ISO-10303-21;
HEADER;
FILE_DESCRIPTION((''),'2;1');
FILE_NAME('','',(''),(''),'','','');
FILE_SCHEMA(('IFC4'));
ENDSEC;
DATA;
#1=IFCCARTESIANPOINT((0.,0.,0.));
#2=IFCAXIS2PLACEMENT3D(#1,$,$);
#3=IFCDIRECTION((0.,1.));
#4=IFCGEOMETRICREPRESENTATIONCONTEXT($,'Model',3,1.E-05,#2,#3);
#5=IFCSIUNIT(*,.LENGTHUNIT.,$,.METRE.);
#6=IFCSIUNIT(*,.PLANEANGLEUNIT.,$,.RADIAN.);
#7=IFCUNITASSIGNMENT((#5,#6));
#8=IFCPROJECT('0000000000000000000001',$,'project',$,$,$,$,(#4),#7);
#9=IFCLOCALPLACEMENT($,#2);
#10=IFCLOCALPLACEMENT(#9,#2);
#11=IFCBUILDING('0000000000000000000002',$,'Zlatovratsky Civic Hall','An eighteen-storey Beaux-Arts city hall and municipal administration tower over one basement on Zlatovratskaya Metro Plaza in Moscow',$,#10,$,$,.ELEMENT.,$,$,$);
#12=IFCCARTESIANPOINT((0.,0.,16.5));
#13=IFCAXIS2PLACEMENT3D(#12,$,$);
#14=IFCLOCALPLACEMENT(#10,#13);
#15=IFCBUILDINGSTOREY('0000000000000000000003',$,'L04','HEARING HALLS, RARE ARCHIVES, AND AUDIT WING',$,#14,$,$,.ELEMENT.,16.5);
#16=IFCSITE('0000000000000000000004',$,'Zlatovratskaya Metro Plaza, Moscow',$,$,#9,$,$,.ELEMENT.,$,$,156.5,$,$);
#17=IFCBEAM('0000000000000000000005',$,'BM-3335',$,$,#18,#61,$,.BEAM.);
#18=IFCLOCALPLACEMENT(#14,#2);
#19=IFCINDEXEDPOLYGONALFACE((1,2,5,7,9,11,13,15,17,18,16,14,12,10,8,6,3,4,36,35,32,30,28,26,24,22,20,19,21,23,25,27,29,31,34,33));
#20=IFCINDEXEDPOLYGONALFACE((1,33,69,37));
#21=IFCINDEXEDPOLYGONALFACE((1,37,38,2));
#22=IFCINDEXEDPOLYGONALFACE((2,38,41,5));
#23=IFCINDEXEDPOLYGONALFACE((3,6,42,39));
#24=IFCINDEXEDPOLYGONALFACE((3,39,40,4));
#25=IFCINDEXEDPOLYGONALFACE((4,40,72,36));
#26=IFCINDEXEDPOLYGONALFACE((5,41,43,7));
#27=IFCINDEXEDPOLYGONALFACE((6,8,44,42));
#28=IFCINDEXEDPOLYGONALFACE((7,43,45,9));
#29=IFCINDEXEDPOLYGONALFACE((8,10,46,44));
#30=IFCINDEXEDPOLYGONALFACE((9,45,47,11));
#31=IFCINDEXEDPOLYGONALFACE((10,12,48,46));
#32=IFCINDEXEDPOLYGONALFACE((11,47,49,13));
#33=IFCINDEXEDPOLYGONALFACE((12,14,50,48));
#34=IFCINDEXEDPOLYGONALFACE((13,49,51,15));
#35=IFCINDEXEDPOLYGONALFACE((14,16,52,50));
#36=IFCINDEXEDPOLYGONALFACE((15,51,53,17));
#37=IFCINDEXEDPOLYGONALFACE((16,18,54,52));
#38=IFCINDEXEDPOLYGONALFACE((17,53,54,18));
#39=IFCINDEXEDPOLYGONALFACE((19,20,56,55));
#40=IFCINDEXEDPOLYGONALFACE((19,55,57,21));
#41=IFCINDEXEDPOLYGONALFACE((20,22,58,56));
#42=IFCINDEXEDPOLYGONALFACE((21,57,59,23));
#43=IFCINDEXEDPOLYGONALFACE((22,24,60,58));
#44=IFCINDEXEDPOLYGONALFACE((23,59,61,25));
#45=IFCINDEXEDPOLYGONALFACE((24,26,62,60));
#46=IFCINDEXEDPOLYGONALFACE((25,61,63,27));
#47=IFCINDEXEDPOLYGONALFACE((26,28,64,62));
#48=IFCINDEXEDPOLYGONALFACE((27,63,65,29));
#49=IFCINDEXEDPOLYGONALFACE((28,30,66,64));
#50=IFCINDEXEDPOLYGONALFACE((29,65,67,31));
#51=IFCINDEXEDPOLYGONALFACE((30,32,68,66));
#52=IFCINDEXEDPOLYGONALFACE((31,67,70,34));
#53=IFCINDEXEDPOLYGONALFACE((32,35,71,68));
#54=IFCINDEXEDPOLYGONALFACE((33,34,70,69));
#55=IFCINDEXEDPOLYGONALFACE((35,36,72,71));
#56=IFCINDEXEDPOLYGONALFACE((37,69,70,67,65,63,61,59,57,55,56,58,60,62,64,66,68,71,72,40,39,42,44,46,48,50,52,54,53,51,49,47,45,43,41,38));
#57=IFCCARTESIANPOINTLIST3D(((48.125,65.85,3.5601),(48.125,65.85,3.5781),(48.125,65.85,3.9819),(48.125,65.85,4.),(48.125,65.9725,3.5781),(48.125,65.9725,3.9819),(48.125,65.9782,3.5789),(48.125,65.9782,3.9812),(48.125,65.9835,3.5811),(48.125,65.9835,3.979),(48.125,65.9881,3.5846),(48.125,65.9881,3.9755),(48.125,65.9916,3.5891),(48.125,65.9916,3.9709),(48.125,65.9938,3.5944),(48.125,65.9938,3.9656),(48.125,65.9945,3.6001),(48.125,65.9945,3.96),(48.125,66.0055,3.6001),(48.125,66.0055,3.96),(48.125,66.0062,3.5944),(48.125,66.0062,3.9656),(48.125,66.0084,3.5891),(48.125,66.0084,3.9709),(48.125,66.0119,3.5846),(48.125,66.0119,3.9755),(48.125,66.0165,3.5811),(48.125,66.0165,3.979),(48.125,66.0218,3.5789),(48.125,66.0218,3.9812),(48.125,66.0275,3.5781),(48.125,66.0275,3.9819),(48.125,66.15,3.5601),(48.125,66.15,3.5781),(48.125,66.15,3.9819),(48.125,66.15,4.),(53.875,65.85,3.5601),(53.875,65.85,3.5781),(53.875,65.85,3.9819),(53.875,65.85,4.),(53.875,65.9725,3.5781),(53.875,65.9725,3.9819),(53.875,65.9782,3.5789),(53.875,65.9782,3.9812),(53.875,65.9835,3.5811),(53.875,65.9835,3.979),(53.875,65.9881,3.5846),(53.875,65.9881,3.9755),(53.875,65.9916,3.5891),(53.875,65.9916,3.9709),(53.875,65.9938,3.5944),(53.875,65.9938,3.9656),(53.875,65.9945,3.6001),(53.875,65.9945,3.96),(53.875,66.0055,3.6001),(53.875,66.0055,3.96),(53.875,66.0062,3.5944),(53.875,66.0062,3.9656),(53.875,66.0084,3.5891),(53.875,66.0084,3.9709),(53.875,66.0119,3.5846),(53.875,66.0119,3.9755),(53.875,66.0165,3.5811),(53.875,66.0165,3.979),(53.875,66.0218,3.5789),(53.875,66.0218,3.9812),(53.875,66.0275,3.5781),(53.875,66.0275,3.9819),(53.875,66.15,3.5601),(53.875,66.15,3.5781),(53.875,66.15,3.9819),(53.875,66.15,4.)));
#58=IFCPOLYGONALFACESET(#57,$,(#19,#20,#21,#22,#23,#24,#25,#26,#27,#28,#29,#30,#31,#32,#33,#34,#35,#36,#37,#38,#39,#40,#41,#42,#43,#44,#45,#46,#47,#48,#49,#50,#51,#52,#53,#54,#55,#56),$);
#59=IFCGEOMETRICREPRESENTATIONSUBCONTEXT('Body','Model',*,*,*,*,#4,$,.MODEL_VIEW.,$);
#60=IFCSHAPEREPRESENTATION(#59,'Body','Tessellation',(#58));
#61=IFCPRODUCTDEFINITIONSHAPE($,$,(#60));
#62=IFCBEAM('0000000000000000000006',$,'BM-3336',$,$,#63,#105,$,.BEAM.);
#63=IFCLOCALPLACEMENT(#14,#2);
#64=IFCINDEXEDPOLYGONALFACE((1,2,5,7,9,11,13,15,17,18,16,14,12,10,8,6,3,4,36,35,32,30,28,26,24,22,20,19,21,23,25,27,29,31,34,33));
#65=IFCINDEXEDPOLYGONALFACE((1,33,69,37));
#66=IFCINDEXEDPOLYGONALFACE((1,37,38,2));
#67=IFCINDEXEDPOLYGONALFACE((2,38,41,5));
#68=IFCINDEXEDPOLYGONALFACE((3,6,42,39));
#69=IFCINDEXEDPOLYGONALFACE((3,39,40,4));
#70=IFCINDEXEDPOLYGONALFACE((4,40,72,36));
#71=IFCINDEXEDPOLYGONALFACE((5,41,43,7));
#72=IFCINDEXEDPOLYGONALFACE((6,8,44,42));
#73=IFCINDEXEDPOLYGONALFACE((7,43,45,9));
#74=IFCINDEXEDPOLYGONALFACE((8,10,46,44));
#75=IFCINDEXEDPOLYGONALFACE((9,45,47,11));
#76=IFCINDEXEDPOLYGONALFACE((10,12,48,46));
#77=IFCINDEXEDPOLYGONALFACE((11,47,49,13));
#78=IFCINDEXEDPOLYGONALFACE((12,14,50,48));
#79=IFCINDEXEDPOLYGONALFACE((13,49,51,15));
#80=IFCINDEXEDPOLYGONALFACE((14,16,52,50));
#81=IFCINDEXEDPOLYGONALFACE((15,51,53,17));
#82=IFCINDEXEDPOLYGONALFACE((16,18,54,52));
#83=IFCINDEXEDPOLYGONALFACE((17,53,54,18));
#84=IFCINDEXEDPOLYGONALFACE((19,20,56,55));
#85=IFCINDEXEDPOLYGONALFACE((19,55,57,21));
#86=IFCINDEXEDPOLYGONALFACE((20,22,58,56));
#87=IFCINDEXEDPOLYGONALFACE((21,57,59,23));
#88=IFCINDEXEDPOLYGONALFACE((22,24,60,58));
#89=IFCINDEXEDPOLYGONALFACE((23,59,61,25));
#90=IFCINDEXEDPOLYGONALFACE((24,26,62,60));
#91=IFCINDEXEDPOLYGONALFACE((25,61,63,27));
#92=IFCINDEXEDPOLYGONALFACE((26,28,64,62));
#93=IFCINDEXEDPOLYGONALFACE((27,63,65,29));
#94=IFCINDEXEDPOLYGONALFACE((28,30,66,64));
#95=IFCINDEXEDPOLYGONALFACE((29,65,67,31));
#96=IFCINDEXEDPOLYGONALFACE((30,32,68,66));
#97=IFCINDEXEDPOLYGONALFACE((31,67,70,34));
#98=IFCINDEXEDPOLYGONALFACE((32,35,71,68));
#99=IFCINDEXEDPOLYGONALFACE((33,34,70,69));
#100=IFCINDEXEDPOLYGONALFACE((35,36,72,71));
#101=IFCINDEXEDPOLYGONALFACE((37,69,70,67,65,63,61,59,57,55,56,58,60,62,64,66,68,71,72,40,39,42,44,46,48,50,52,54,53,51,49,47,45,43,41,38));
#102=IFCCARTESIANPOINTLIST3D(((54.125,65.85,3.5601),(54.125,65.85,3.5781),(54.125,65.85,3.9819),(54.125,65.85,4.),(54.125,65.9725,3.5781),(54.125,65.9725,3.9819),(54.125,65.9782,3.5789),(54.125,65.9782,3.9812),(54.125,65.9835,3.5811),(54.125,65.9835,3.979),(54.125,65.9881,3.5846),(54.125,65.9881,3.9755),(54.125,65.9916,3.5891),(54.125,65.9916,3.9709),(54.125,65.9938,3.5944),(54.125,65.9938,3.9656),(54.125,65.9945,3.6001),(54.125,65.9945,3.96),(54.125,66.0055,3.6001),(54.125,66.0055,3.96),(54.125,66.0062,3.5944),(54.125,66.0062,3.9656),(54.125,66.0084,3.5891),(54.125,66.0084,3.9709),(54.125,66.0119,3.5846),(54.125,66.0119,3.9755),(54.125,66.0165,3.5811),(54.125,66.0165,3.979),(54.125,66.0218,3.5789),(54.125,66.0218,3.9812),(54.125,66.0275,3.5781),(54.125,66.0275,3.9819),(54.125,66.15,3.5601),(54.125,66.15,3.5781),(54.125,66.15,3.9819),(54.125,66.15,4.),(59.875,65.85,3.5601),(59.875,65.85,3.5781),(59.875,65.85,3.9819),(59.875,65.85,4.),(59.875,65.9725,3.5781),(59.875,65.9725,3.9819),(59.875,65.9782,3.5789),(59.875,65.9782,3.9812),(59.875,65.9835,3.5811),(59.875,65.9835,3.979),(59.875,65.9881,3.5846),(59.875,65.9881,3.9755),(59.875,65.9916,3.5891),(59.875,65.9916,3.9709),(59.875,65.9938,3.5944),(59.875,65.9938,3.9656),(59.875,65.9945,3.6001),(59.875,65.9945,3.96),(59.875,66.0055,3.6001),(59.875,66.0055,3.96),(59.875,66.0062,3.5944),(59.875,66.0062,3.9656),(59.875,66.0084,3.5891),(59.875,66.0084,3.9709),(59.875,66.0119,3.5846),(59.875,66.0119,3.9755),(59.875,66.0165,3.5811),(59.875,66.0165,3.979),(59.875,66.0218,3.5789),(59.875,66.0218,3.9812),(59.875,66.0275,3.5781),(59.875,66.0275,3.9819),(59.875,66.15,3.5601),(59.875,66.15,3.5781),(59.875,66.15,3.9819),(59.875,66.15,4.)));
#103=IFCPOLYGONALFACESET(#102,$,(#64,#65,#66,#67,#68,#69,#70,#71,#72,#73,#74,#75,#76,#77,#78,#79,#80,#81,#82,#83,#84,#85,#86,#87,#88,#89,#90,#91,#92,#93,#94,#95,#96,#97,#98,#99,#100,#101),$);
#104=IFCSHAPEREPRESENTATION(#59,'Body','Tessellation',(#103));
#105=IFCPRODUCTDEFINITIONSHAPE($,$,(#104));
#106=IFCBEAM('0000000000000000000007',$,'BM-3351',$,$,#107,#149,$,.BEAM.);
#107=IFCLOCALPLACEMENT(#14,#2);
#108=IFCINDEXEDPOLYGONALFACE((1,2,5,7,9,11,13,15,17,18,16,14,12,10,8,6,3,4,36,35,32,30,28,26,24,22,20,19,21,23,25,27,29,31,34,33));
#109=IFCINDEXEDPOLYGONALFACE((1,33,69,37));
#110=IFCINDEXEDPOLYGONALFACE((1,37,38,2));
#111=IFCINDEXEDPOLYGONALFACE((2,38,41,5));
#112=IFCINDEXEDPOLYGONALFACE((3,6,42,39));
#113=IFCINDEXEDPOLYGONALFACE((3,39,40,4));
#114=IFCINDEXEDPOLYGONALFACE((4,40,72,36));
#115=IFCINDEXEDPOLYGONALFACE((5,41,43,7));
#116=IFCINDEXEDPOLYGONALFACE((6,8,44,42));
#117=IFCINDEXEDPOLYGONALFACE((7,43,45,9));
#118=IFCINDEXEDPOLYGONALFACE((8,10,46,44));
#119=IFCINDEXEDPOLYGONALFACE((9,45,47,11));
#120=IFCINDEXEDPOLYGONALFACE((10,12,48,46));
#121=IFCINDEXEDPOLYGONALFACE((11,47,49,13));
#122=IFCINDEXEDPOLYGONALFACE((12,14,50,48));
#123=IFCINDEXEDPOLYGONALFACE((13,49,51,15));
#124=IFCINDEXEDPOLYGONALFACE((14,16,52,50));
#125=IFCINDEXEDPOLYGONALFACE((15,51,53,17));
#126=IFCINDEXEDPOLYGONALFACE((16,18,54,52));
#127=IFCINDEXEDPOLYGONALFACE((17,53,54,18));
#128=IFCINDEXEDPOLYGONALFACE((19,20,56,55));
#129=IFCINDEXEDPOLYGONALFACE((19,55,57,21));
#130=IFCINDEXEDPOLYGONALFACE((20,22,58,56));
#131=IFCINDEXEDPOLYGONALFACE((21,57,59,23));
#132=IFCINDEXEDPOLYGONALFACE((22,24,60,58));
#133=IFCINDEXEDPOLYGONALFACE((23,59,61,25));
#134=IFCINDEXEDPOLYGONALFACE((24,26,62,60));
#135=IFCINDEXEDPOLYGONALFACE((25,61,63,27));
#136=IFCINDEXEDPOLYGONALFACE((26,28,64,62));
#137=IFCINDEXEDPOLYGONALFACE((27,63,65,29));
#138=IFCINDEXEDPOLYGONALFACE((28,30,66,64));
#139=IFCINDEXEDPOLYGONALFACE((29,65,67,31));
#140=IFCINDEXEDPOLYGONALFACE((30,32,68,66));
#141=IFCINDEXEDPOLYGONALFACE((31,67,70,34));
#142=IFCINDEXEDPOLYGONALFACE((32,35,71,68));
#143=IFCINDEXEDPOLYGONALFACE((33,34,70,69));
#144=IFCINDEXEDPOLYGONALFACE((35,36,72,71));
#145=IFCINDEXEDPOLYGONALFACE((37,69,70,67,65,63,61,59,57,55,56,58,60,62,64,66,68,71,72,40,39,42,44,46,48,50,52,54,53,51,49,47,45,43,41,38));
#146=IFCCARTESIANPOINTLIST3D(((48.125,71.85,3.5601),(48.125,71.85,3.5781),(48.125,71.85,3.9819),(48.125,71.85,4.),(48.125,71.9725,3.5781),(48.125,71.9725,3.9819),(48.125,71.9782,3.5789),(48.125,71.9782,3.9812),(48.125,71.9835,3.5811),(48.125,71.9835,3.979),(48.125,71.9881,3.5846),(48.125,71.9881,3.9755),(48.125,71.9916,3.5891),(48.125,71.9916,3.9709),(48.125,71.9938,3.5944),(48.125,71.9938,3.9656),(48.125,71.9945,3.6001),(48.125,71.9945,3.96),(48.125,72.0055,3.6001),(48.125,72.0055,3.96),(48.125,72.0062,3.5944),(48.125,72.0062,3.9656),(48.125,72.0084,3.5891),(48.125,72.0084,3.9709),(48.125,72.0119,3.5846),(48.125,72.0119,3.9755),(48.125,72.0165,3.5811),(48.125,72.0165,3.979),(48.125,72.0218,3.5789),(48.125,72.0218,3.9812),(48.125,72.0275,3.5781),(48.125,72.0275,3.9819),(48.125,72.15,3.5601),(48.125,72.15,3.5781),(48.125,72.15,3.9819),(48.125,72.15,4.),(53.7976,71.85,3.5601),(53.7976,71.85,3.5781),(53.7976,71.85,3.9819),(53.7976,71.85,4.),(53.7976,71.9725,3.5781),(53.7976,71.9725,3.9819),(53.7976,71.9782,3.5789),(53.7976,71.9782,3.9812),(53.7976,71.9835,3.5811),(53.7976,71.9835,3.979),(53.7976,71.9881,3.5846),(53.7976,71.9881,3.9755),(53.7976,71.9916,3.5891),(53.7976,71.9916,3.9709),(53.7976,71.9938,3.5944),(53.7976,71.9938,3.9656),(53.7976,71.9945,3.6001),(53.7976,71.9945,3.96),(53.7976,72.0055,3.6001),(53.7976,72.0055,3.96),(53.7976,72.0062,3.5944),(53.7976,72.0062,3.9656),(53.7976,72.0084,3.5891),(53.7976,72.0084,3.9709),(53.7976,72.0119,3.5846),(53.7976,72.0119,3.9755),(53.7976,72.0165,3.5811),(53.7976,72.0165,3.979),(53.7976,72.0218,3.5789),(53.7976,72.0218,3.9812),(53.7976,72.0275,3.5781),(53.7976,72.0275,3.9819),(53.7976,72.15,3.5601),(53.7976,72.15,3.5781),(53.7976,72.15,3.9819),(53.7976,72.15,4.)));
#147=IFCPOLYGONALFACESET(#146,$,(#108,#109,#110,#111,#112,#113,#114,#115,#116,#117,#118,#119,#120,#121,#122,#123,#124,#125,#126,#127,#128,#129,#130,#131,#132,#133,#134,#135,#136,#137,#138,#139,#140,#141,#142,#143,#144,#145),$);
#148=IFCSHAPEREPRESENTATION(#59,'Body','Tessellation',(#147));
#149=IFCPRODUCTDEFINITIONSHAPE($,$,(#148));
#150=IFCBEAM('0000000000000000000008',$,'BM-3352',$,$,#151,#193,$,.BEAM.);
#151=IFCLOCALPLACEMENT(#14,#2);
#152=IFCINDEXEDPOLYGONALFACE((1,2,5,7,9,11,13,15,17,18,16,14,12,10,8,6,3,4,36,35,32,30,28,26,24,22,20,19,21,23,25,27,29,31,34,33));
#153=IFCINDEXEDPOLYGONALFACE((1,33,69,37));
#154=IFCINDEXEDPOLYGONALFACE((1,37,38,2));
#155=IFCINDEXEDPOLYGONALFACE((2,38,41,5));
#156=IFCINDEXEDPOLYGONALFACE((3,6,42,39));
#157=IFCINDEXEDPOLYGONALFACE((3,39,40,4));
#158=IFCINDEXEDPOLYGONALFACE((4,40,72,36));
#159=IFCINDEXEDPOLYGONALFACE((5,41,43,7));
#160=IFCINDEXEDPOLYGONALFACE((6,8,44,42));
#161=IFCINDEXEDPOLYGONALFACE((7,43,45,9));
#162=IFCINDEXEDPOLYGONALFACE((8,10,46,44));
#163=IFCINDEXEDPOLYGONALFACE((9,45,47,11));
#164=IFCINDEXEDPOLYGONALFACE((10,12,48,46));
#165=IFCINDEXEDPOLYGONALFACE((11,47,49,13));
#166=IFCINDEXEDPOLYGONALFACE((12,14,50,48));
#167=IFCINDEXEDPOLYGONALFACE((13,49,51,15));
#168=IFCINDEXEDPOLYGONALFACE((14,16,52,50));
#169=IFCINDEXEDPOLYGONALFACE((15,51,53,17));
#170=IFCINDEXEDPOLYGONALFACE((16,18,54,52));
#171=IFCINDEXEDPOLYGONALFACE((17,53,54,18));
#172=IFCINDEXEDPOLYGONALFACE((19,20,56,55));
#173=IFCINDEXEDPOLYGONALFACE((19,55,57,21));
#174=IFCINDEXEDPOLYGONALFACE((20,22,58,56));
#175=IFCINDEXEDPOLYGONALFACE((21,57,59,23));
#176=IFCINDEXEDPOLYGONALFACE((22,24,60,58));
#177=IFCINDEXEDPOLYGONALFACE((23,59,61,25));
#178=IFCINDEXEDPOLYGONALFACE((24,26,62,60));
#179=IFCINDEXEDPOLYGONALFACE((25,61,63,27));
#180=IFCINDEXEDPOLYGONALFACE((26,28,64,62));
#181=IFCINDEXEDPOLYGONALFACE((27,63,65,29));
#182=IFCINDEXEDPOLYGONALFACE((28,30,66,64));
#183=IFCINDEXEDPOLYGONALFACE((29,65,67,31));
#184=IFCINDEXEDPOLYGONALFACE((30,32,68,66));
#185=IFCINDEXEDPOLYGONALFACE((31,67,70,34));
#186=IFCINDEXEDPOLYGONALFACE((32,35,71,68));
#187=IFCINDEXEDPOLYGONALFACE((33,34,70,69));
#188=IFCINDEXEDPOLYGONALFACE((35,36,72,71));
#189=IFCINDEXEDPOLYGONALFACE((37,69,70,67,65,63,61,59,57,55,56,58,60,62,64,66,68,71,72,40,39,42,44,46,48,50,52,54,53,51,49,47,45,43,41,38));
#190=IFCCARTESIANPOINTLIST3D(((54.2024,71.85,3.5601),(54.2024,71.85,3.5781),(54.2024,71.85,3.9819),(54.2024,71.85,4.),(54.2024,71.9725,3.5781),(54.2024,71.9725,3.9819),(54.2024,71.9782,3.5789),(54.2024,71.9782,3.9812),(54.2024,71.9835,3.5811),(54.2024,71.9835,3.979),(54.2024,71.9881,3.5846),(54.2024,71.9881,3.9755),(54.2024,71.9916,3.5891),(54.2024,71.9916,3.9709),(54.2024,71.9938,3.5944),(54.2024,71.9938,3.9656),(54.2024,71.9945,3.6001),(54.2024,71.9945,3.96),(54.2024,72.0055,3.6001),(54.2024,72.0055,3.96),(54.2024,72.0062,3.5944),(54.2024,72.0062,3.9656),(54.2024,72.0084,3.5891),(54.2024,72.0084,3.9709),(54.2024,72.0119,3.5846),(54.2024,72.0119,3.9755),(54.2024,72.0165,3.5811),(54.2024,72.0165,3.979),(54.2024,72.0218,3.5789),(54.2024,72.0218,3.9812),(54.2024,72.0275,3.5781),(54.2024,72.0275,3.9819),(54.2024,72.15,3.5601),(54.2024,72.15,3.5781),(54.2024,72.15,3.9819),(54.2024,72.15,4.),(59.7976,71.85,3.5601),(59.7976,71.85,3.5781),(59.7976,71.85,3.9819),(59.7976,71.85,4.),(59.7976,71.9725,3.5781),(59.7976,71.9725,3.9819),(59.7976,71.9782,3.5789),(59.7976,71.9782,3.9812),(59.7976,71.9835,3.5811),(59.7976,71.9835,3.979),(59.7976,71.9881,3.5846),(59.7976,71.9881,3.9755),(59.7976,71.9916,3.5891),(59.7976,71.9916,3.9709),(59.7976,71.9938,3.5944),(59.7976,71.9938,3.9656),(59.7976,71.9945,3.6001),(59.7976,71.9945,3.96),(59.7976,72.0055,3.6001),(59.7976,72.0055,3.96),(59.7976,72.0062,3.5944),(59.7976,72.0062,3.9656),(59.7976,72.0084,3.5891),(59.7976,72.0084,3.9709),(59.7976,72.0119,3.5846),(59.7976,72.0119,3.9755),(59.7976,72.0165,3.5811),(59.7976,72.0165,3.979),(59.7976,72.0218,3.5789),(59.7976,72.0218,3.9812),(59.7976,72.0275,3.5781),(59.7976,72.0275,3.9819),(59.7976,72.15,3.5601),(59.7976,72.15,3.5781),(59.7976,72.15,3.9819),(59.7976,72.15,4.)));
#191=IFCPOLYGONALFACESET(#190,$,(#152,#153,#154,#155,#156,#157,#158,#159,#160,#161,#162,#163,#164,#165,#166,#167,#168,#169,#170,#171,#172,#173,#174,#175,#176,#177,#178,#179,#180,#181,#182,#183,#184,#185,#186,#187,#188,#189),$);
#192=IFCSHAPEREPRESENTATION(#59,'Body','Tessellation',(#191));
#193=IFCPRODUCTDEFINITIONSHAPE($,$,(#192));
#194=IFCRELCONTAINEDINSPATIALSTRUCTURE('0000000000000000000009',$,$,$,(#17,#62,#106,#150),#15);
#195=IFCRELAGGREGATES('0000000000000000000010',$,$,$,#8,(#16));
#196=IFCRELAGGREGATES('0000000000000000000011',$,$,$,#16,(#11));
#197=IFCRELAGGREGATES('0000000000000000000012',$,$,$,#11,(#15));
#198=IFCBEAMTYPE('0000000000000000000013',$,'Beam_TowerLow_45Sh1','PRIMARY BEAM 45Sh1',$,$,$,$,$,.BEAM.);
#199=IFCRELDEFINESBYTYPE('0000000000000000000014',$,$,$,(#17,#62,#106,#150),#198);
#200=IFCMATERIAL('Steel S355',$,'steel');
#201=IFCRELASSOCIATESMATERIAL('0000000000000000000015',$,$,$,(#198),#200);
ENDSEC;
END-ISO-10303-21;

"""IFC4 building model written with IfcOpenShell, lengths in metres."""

from ifc_helpers import new_model, si_unit, direction, frame, origin, origin_2d, place, context, subcontext, project, spatial, i_section, extrude, material, material_profile, profile_set, type_object, element, save


model = new_model("IFC4")

# Units and contexts
model_context = context("Model", 3, precision=1e-05, world=origin(), true_north=direction((0.0, 1.0)))
body_context = subcontext(model_context, "Body", "Model", "MODEL_VIEW")
ifc_project = project(units=[si_unit("LENGTHUNIT", "METRE"), si_unit("PLANEANGLEUNIT", "RADIAN")], contexts=[model_context])

# Site, building, storey
site_placement = place(None, origin())
site = spatial("IfcSite", under=ifc_project, at=site_placement, Name="Zlatovratskaya Metro Plaza, Moscow", CompositionType="ELEMENT", RefElevation=156.5)
building_placement = place(site_placement, origin())
building = spatial("IfcBuilding", under=site, at=building_placement, Name="Zlatovratsky Civic Hall", Description="An eighteen-storey Beaux-Arts city hall and municipal administration tower over one basement on Zlatovratskaya Metro Plaza in Moscow", CompositionType="ELEMENT")
storey_placement = place(building_placement, frame((0.0, 0.0, 16.5)))
storey = spatial("IfcBuildingStorey", under=building, at=storey_placement, Name="L04", Description="HEARING HALLS, RARE ARCHIVES, AND AUDIT WING", CompositionType="ELEMENT", Elevation=16.5)

# Shared definitions
ifc_material_1 = material(Name="Steel S355", Category="steel")

# Beams
ifc_material_profile_1 = material_profile(ifc_material_1, i_section(OverallWidth=0.3, OverallDepth=0.4399, WebThickness=0.011, FlangeThickness=0.0181, FilletRadius=0.022, at=origin_2d()), Name="45Sh1")
ifc_profile_set_1 = profile_set([ifc_material_profile_1], Name="Steel S355")
beam_type_1 = type_object("IfcBeamType", Name="Beam_TowerLow_45Sh1", Description="PRIMARY BEAM 45Sh1", PredefinedType="BEAM", material=ifc_profile_set_1)
for number, where, z_axis, x_axis, name in (
    (1, (48.125, 66.0, 3.78), (1.0, 0.0, 0.0), (0.0, 1.0, 0.0), "BM-3335"),
    (2, (54.125, 66.0, 3.78), (1.0, 0.0, 0.0), (0.0, 1.0, 0.0), "BM-3336"),
):
    element("IfcBeam", number, at=place(storey_placement, frame(where, z_axis=z_axis, x_axis=x_axis)), inside=storey, type_object=beam_type_1, Name=name, PredefinedType="BEAM", context=body_context, shape_type="SweptSolid", body=[
        extrude(i_section(OverallWidth=0.3, OverallDepth=0.4399, WebThickness=0.011, FlangeThickness=0.0181, FilletRadius=0.022, at=origin_2d()), origin(), (0.0, 0.0, 1.0), 5.75),
    ])
beam_1_placement = place(storey_placement, frame((48.125, 72.0, 3.78), z_axis=(1.0, 0.0, 0.0), x_axis=(0.0, 1.0, 0.0)))
element("IfcBeam", 3, at=beam_1_placement, inside=storey, type_object=beam_type_1, Name="BM-3351", PredefinedType="BEAM", context=body_context, shape_type="SweptSolid", body=[
    extrude(i_section(OverallWidth=0.3, OverallDepth=0.4399, WebThickness=0.011, FlangeThickness=0.0181, FilletRadius=0.022, at=origin_2d()), origin(), (0.0, 0.0, 1.0), 5.6726),
])
beam_2_placement = place(storey_placement, frame((54.2024, 72.0, 3.78), z_axis=(1.0, 0.0, 0.0), x_axis=(0.0, 1.0, 0.0)))
element("IfcBeam", 4, at=beam_2_placement, inside=storey, type_object=beam_type_1, Name="BM-3352", PredefinedType="BEAM", context=body_context, shape_type="SweptSolid", body=[
    extrude(i_section(OverallWidth=0.3, OverallDepth=0.4399, WebThickness=0.011, FlangeThickness=0.0181, FilletRadius=0.022, at=origin_2d()), origin(), (0.0, 0.0, 1.0), 5.5952),
])

save(model, "model.ifc")
